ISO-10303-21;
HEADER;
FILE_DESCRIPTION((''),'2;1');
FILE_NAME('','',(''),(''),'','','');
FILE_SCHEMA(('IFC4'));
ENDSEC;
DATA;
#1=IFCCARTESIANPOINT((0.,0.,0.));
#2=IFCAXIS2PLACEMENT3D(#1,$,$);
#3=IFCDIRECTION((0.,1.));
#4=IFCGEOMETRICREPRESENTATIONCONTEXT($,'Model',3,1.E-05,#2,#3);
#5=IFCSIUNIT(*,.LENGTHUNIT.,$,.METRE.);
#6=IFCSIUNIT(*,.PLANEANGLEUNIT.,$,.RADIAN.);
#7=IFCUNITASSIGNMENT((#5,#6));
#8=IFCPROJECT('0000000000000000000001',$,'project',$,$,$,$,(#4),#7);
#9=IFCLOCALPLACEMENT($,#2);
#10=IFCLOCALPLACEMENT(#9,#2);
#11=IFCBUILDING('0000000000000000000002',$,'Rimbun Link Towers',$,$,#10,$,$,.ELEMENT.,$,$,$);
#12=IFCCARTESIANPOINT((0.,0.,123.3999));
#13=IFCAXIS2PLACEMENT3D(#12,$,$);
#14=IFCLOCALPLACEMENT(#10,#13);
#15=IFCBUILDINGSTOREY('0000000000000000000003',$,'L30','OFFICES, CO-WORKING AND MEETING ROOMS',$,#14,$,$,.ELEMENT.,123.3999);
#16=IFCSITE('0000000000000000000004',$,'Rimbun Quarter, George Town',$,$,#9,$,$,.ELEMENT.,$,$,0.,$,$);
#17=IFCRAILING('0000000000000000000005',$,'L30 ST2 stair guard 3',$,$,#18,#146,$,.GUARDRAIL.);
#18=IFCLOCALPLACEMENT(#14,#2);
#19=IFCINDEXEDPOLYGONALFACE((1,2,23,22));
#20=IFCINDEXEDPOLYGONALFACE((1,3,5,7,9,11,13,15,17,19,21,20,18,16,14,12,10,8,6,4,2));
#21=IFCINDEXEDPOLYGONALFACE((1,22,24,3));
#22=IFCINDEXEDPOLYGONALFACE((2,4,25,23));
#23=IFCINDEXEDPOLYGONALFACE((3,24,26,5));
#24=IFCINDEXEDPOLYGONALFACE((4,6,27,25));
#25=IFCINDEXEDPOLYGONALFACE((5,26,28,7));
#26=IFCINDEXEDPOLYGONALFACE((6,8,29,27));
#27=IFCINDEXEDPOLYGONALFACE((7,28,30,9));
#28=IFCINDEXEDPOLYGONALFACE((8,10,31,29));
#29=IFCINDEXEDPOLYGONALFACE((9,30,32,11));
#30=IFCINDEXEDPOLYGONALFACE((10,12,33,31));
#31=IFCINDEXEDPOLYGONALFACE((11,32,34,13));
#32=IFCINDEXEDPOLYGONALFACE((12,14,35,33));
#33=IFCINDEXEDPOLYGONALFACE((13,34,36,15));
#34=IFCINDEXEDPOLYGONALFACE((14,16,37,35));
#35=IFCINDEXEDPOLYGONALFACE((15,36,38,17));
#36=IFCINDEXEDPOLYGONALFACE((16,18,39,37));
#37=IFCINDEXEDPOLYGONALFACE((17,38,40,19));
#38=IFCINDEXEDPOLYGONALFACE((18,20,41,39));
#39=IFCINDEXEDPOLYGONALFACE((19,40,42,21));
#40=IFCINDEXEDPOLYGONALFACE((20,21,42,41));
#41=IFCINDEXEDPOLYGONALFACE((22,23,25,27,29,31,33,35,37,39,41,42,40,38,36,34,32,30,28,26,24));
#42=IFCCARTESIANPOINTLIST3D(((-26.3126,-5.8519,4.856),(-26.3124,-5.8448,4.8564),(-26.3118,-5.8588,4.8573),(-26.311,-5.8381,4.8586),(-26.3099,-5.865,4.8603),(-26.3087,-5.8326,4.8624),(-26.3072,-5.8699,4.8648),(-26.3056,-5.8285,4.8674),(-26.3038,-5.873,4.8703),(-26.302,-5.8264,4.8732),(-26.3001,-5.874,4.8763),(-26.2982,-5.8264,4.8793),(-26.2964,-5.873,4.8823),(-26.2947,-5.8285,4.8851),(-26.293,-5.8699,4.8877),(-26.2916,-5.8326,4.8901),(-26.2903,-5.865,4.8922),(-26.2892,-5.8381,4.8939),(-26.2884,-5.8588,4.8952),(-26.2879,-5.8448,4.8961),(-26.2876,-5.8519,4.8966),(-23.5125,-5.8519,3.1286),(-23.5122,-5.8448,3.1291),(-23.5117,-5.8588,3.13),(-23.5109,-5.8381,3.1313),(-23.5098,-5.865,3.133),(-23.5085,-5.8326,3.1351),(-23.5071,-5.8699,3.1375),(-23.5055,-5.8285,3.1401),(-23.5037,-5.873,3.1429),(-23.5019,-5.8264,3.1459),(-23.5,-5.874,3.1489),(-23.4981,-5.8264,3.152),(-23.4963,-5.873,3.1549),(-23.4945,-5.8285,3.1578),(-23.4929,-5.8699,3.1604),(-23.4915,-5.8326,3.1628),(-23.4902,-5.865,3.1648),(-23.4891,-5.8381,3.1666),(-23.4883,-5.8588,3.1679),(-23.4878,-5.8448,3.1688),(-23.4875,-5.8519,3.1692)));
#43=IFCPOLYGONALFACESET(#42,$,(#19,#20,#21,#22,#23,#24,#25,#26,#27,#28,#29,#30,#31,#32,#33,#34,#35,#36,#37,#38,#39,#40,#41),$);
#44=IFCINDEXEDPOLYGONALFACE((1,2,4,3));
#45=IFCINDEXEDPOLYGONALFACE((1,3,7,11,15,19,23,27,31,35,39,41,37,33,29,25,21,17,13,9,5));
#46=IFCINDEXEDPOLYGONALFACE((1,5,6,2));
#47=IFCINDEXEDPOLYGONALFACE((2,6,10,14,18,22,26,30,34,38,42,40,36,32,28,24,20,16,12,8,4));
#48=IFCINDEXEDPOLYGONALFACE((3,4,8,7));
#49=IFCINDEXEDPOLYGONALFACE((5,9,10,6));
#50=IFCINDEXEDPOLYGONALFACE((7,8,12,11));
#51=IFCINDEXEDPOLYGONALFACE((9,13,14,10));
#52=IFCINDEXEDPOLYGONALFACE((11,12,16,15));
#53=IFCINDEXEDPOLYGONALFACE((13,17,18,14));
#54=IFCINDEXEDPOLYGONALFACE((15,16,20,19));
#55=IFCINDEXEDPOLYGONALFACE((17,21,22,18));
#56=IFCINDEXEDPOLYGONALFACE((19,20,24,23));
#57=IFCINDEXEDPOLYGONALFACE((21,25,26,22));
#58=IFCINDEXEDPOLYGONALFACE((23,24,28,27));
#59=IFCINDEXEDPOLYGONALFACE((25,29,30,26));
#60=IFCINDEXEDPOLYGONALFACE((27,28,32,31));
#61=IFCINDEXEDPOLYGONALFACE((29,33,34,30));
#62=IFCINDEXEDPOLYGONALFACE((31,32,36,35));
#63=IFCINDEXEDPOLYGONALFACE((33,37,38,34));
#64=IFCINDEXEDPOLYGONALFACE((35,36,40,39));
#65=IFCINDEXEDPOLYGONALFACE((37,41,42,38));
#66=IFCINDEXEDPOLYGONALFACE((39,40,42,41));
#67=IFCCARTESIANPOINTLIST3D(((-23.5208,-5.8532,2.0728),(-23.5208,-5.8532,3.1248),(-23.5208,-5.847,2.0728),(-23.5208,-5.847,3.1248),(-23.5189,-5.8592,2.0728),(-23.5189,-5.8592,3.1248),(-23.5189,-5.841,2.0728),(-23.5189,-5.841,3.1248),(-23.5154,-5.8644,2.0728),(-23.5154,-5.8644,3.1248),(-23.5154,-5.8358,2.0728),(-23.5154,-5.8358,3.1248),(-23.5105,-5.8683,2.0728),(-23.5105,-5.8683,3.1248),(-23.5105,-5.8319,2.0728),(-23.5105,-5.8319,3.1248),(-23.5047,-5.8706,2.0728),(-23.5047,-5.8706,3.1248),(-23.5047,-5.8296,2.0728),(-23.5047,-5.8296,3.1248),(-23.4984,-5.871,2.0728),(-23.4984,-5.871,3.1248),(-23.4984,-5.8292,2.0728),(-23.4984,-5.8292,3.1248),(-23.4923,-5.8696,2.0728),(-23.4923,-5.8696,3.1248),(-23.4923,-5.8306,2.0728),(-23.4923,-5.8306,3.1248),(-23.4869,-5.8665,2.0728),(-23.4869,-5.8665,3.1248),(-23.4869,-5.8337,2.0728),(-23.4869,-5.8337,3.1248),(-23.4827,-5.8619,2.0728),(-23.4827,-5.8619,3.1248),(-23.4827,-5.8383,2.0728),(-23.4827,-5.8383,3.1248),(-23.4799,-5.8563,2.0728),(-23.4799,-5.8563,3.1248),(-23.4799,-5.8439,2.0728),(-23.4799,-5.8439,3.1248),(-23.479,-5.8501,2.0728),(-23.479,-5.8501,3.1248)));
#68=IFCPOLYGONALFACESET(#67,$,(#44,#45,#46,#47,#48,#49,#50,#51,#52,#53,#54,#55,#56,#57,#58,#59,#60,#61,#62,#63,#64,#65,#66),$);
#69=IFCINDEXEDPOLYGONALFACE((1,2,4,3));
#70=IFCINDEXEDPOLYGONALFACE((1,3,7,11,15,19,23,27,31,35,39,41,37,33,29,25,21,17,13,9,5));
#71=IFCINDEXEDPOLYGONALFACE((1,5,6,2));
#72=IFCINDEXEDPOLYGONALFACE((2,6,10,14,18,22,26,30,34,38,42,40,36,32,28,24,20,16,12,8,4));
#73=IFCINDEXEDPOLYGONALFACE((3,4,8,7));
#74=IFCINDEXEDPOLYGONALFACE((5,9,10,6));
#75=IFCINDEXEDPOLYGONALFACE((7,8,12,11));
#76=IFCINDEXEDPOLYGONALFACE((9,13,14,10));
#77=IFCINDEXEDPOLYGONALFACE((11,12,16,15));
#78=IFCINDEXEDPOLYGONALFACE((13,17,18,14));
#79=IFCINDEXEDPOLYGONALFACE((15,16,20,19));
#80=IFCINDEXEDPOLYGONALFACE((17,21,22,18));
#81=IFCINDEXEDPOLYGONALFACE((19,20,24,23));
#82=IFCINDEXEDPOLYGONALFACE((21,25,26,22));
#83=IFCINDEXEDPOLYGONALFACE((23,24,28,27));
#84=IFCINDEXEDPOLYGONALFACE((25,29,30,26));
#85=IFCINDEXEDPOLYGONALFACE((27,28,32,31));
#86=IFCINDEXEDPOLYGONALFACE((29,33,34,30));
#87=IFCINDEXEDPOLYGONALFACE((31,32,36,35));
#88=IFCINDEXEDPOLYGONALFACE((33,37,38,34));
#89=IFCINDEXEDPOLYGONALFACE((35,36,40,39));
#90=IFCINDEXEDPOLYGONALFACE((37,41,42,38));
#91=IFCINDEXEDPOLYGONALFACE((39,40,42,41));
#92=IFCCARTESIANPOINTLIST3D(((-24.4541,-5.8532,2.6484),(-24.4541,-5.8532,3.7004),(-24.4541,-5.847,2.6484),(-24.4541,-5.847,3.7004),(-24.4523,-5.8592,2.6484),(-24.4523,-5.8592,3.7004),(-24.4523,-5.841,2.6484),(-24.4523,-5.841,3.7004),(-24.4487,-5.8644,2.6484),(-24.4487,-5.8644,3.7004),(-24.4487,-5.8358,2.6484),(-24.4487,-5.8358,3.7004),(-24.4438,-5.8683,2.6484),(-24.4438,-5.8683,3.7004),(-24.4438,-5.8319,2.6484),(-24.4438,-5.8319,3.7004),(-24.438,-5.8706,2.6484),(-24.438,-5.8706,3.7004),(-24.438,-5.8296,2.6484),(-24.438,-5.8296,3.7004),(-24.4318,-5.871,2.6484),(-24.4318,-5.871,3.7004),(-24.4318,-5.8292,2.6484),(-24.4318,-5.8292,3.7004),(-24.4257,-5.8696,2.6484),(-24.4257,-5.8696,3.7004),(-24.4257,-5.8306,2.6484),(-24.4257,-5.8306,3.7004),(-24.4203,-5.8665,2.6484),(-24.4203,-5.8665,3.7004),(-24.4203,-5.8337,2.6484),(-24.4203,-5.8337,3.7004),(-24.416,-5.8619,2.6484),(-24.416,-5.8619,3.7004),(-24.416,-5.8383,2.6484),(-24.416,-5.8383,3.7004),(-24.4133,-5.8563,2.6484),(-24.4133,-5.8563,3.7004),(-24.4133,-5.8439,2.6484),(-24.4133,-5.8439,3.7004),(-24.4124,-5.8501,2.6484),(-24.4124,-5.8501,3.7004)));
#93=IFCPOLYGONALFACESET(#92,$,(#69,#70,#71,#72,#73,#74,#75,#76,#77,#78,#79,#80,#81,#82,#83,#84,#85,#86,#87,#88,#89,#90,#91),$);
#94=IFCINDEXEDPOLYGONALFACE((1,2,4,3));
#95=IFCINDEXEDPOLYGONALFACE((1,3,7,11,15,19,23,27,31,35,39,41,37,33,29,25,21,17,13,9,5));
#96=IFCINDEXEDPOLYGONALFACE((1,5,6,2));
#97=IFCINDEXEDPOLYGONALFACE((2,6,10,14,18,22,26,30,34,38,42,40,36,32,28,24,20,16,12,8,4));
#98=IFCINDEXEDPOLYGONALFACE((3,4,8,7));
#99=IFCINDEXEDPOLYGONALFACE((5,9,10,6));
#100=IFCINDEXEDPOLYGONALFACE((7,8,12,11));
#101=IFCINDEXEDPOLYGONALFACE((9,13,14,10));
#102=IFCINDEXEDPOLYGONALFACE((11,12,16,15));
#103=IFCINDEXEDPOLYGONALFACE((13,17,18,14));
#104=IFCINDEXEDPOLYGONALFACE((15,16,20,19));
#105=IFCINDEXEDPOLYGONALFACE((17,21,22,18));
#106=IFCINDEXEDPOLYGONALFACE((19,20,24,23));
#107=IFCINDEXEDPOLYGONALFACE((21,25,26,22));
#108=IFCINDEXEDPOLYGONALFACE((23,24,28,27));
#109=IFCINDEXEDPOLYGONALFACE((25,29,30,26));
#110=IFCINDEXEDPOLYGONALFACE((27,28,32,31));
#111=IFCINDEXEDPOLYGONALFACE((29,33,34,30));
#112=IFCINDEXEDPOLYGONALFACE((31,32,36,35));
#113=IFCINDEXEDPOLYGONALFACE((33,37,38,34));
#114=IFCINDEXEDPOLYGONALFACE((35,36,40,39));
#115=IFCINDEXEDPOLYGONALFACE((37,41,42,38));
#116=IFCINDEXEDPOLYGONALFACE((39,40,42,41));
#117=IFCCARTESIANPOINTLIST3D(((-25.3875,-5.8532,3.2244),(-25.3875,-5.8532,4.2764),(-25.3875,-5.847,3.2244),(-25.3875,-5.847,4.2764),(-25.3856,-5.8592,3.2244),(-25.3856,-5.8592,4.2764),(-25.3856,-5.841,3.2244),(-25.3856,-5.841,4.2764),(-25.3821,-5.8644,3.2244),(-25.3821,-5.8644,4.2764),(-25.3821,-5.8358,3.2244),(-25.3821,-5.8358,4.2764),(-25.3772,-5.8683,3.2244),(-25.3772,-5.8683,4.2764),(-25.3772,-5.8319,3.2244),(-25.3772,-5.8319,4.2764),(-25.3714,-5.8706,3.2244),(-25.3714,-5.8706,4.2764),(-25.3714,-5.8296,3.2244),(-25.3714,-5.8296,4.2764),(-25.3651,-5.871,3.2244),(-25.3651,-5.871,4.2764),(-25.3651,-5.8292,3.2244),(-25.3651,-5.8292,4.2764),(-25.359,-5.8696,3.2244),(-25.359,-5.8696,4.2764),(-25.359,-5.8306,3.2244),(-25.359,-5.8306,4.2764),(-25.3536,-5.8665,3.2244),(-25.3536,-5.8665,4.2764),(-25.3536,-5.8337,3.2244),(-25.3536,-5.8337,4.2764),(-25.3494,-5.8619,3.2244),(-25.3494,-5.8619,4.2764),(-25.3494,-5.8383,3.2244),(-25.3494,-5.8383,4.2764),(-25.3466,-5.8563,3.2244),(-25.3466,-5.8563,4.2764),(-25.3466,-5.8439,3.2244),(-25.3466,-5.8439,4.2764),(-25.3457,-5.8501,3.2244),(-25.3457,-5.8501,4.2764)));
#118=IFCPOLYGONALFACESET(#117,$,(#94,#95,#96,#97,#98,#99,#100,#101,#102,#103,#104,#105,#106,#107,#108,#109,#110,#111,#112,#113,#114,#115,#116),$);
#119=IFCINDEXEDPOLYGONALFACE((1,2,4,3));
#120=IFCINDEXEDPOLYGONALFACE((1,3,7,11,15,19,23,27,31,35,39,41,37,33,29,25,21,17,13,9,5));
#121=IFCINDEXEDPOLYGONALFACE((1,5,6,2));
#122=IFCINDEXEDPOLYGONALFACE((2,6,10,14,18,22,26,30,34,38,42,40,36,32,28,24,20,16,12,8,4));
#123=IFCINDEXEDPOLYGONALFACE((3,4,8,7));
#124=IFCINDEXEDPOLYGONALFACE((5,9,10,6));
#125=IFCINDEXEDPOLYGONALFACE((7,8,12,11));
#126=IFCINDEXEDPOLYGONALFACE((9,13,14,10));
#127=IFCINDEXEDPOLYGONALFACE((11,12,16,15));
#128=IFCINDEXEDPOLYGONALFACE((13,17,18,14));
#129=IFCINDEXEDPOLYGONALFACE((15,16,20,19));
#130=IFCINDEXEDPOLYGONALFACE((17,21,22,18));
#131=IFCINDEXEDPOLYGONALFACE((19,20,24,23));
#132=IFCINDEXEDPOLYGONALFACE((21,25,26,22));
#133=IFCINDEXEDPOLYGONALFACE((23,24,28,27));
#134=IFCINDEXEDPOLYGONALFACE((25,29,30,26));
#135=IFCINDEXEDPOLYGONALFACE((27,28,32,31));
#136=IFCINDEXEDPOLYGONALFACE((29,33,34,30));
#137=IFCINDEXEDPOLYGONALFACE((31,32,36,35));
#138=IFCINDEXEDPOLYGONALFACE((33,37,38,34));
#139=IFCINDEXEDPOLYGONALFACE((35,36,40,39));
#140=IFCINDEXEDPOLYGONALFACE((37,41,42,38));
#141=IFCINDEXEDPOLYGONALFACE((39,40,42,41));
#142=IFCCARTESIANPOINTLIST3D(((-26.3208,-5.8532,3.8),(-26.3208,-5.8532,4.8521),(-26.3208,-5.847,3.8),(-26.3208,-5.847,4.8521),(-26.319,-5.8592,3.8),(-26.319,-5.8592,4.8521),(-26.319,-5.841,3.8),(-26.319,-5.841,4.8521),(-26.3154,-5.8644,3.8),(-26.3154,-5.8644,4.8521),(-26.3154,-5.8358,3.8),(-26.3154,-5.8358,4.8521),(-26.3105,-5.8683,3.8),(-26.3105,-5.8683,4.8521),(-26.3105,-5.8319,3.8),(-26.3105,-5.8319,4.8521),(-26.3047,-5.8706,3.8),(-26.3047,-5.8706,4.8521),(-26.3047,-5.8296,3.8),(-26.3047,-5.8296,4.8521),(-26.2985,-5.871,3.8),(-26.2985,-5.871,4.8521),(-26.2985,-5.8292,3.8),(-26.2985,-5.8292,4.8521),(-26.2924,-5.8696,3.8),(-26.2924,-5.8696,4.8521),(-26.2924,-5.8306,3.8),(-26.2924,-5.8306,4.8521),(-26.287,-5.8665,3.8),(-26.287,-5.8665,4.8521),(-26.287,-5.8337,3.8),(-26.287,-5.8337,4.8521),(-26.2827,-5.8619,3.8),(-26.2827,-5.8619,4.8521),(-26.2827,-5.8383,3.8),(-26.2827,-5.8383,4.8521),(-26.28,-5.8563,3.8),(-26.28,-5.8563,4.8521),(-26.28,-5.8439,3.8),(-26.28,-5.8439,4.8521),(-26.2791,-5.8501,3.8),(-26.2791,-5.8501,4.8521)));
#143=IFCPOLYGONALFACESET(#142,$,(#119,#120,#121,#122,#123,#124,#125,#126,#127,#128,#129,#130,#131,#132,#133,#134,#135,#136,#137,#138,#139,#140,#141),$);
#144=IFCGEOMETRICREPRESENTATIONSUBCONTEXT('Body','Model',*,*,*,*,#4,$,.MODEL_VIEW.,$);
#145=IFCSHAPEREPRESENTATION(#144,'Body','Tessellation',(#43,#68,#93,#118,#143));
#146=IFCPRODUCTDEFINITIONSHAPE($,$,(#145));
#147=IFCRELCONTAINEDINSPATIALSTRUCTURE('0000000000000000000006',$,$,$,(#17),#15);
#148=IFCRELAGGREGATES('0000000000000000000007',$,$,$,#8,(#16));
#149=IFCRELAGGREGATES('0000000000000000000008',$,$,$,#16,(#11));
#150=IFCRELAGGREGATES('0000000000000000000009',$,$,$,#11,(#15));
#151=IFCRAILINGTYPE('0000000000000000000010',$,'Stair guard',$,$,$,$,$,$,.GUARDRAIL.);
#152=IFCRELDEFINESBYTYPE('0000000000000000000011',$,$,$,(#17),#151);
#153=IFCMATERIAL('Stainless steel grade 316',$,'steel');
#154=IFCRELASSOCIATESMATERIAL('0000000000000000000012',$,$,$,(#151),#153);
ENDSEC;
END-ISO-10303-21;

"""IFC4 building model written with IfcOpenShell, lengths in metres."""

from ifc_helpers import new_model, si_unit, direction, frame, origin, origin_2d, place, context, subcontext, project, spatial, circle, extrude, material, type_object, element, save


model = new_model("IFC4")

# Units and contexts
model_context = context("Model", 3, precision=1e-05, world=origin(), true_north=direction((0.0, 1.0)))
body_context = subcontext(model_context, "Body", "Model", "MODEL_VIEW")
ifc_project = project(units=[si_unit("LENGTHUNIT", "METRE"), si_unit("PLANEANGLEUNIT", "RADIAN")], contexts=[model_context])

# Site, building, storey
site_placement = place(None, origin())
site = spatial("IfcSite", under=ifc_project, at=site_placement, Name="Rimbun Quarter, George Town", CompositionType="ELEMENT", RefElevation=0.0)
building_placement = place(site_placement, origin())
building = spatial("IfcBuilding", under=site, at=building_placement, Name="Rimbun Link Towers", CompositionType="ELEMENT")
storey_placement = place(building_placement, frame((0.0, 0.0, 123.3999)))
storey = spatial("IfcBuildingStorey", under=building, at=storey_placement, Name="L30", Description="OFFICES, CO-WORKING AND MEETING ROOMS", CompositionType="ELEMENT", Elevation=123.3999)

# Railing
ifc_material_1 = material(Name="Stainless steel grade 316", Category="steel")
railing_type_1 = type_object("IfcRailingType", Name="Stair guard", PredefinedType="GUARDRAIL", material=ifc_material_1)
railing_1_placement = place(storey_placement, frame((-23.5, -5.8501, 2.0728)))
element("IfcRailing", 1, at=railing_1_placement, inside=storey, type_object=railing_type_1, Name="L30 ST2 stair guard 3", PredefinedType="GUARDRAIL", context=body_context, shape_type="SweptSolid", body=[
    extrude(circle(Radius=0.0239, at=origin_2d()), frame((0.0, 0.0, 1.0762), z_axis=(-0.85109, 0.0, 0.52502), x_axis=(0.0, -1.0, 0.0)), (0.0, 0.0, 1.0), 3.29),
    extrude(circle(Radius=0.021, at=origin_2d()), origin(), (0.0, 0.0, 1.0), 1.052),
    extrude(circle(Radius=0.021, at=origin_2d()), frame((-0.9333, 0.0, 0.5757)), (0.0, 0.0, 1.0), 1.052),
    extrude(circle(Radius=0.021, at=origin_2d()), frame((-1.8667, 0.0, 1.1516)), (0.0, 0.0, 1.0), 1.052),
    extrude(circle(Radius=0.021, at=origin_2d()), frame((-2.8, 0.0, 1.7273)), (0.0, 0.0, 1.0), 1.052),
])

save(model, "model.ifc")
